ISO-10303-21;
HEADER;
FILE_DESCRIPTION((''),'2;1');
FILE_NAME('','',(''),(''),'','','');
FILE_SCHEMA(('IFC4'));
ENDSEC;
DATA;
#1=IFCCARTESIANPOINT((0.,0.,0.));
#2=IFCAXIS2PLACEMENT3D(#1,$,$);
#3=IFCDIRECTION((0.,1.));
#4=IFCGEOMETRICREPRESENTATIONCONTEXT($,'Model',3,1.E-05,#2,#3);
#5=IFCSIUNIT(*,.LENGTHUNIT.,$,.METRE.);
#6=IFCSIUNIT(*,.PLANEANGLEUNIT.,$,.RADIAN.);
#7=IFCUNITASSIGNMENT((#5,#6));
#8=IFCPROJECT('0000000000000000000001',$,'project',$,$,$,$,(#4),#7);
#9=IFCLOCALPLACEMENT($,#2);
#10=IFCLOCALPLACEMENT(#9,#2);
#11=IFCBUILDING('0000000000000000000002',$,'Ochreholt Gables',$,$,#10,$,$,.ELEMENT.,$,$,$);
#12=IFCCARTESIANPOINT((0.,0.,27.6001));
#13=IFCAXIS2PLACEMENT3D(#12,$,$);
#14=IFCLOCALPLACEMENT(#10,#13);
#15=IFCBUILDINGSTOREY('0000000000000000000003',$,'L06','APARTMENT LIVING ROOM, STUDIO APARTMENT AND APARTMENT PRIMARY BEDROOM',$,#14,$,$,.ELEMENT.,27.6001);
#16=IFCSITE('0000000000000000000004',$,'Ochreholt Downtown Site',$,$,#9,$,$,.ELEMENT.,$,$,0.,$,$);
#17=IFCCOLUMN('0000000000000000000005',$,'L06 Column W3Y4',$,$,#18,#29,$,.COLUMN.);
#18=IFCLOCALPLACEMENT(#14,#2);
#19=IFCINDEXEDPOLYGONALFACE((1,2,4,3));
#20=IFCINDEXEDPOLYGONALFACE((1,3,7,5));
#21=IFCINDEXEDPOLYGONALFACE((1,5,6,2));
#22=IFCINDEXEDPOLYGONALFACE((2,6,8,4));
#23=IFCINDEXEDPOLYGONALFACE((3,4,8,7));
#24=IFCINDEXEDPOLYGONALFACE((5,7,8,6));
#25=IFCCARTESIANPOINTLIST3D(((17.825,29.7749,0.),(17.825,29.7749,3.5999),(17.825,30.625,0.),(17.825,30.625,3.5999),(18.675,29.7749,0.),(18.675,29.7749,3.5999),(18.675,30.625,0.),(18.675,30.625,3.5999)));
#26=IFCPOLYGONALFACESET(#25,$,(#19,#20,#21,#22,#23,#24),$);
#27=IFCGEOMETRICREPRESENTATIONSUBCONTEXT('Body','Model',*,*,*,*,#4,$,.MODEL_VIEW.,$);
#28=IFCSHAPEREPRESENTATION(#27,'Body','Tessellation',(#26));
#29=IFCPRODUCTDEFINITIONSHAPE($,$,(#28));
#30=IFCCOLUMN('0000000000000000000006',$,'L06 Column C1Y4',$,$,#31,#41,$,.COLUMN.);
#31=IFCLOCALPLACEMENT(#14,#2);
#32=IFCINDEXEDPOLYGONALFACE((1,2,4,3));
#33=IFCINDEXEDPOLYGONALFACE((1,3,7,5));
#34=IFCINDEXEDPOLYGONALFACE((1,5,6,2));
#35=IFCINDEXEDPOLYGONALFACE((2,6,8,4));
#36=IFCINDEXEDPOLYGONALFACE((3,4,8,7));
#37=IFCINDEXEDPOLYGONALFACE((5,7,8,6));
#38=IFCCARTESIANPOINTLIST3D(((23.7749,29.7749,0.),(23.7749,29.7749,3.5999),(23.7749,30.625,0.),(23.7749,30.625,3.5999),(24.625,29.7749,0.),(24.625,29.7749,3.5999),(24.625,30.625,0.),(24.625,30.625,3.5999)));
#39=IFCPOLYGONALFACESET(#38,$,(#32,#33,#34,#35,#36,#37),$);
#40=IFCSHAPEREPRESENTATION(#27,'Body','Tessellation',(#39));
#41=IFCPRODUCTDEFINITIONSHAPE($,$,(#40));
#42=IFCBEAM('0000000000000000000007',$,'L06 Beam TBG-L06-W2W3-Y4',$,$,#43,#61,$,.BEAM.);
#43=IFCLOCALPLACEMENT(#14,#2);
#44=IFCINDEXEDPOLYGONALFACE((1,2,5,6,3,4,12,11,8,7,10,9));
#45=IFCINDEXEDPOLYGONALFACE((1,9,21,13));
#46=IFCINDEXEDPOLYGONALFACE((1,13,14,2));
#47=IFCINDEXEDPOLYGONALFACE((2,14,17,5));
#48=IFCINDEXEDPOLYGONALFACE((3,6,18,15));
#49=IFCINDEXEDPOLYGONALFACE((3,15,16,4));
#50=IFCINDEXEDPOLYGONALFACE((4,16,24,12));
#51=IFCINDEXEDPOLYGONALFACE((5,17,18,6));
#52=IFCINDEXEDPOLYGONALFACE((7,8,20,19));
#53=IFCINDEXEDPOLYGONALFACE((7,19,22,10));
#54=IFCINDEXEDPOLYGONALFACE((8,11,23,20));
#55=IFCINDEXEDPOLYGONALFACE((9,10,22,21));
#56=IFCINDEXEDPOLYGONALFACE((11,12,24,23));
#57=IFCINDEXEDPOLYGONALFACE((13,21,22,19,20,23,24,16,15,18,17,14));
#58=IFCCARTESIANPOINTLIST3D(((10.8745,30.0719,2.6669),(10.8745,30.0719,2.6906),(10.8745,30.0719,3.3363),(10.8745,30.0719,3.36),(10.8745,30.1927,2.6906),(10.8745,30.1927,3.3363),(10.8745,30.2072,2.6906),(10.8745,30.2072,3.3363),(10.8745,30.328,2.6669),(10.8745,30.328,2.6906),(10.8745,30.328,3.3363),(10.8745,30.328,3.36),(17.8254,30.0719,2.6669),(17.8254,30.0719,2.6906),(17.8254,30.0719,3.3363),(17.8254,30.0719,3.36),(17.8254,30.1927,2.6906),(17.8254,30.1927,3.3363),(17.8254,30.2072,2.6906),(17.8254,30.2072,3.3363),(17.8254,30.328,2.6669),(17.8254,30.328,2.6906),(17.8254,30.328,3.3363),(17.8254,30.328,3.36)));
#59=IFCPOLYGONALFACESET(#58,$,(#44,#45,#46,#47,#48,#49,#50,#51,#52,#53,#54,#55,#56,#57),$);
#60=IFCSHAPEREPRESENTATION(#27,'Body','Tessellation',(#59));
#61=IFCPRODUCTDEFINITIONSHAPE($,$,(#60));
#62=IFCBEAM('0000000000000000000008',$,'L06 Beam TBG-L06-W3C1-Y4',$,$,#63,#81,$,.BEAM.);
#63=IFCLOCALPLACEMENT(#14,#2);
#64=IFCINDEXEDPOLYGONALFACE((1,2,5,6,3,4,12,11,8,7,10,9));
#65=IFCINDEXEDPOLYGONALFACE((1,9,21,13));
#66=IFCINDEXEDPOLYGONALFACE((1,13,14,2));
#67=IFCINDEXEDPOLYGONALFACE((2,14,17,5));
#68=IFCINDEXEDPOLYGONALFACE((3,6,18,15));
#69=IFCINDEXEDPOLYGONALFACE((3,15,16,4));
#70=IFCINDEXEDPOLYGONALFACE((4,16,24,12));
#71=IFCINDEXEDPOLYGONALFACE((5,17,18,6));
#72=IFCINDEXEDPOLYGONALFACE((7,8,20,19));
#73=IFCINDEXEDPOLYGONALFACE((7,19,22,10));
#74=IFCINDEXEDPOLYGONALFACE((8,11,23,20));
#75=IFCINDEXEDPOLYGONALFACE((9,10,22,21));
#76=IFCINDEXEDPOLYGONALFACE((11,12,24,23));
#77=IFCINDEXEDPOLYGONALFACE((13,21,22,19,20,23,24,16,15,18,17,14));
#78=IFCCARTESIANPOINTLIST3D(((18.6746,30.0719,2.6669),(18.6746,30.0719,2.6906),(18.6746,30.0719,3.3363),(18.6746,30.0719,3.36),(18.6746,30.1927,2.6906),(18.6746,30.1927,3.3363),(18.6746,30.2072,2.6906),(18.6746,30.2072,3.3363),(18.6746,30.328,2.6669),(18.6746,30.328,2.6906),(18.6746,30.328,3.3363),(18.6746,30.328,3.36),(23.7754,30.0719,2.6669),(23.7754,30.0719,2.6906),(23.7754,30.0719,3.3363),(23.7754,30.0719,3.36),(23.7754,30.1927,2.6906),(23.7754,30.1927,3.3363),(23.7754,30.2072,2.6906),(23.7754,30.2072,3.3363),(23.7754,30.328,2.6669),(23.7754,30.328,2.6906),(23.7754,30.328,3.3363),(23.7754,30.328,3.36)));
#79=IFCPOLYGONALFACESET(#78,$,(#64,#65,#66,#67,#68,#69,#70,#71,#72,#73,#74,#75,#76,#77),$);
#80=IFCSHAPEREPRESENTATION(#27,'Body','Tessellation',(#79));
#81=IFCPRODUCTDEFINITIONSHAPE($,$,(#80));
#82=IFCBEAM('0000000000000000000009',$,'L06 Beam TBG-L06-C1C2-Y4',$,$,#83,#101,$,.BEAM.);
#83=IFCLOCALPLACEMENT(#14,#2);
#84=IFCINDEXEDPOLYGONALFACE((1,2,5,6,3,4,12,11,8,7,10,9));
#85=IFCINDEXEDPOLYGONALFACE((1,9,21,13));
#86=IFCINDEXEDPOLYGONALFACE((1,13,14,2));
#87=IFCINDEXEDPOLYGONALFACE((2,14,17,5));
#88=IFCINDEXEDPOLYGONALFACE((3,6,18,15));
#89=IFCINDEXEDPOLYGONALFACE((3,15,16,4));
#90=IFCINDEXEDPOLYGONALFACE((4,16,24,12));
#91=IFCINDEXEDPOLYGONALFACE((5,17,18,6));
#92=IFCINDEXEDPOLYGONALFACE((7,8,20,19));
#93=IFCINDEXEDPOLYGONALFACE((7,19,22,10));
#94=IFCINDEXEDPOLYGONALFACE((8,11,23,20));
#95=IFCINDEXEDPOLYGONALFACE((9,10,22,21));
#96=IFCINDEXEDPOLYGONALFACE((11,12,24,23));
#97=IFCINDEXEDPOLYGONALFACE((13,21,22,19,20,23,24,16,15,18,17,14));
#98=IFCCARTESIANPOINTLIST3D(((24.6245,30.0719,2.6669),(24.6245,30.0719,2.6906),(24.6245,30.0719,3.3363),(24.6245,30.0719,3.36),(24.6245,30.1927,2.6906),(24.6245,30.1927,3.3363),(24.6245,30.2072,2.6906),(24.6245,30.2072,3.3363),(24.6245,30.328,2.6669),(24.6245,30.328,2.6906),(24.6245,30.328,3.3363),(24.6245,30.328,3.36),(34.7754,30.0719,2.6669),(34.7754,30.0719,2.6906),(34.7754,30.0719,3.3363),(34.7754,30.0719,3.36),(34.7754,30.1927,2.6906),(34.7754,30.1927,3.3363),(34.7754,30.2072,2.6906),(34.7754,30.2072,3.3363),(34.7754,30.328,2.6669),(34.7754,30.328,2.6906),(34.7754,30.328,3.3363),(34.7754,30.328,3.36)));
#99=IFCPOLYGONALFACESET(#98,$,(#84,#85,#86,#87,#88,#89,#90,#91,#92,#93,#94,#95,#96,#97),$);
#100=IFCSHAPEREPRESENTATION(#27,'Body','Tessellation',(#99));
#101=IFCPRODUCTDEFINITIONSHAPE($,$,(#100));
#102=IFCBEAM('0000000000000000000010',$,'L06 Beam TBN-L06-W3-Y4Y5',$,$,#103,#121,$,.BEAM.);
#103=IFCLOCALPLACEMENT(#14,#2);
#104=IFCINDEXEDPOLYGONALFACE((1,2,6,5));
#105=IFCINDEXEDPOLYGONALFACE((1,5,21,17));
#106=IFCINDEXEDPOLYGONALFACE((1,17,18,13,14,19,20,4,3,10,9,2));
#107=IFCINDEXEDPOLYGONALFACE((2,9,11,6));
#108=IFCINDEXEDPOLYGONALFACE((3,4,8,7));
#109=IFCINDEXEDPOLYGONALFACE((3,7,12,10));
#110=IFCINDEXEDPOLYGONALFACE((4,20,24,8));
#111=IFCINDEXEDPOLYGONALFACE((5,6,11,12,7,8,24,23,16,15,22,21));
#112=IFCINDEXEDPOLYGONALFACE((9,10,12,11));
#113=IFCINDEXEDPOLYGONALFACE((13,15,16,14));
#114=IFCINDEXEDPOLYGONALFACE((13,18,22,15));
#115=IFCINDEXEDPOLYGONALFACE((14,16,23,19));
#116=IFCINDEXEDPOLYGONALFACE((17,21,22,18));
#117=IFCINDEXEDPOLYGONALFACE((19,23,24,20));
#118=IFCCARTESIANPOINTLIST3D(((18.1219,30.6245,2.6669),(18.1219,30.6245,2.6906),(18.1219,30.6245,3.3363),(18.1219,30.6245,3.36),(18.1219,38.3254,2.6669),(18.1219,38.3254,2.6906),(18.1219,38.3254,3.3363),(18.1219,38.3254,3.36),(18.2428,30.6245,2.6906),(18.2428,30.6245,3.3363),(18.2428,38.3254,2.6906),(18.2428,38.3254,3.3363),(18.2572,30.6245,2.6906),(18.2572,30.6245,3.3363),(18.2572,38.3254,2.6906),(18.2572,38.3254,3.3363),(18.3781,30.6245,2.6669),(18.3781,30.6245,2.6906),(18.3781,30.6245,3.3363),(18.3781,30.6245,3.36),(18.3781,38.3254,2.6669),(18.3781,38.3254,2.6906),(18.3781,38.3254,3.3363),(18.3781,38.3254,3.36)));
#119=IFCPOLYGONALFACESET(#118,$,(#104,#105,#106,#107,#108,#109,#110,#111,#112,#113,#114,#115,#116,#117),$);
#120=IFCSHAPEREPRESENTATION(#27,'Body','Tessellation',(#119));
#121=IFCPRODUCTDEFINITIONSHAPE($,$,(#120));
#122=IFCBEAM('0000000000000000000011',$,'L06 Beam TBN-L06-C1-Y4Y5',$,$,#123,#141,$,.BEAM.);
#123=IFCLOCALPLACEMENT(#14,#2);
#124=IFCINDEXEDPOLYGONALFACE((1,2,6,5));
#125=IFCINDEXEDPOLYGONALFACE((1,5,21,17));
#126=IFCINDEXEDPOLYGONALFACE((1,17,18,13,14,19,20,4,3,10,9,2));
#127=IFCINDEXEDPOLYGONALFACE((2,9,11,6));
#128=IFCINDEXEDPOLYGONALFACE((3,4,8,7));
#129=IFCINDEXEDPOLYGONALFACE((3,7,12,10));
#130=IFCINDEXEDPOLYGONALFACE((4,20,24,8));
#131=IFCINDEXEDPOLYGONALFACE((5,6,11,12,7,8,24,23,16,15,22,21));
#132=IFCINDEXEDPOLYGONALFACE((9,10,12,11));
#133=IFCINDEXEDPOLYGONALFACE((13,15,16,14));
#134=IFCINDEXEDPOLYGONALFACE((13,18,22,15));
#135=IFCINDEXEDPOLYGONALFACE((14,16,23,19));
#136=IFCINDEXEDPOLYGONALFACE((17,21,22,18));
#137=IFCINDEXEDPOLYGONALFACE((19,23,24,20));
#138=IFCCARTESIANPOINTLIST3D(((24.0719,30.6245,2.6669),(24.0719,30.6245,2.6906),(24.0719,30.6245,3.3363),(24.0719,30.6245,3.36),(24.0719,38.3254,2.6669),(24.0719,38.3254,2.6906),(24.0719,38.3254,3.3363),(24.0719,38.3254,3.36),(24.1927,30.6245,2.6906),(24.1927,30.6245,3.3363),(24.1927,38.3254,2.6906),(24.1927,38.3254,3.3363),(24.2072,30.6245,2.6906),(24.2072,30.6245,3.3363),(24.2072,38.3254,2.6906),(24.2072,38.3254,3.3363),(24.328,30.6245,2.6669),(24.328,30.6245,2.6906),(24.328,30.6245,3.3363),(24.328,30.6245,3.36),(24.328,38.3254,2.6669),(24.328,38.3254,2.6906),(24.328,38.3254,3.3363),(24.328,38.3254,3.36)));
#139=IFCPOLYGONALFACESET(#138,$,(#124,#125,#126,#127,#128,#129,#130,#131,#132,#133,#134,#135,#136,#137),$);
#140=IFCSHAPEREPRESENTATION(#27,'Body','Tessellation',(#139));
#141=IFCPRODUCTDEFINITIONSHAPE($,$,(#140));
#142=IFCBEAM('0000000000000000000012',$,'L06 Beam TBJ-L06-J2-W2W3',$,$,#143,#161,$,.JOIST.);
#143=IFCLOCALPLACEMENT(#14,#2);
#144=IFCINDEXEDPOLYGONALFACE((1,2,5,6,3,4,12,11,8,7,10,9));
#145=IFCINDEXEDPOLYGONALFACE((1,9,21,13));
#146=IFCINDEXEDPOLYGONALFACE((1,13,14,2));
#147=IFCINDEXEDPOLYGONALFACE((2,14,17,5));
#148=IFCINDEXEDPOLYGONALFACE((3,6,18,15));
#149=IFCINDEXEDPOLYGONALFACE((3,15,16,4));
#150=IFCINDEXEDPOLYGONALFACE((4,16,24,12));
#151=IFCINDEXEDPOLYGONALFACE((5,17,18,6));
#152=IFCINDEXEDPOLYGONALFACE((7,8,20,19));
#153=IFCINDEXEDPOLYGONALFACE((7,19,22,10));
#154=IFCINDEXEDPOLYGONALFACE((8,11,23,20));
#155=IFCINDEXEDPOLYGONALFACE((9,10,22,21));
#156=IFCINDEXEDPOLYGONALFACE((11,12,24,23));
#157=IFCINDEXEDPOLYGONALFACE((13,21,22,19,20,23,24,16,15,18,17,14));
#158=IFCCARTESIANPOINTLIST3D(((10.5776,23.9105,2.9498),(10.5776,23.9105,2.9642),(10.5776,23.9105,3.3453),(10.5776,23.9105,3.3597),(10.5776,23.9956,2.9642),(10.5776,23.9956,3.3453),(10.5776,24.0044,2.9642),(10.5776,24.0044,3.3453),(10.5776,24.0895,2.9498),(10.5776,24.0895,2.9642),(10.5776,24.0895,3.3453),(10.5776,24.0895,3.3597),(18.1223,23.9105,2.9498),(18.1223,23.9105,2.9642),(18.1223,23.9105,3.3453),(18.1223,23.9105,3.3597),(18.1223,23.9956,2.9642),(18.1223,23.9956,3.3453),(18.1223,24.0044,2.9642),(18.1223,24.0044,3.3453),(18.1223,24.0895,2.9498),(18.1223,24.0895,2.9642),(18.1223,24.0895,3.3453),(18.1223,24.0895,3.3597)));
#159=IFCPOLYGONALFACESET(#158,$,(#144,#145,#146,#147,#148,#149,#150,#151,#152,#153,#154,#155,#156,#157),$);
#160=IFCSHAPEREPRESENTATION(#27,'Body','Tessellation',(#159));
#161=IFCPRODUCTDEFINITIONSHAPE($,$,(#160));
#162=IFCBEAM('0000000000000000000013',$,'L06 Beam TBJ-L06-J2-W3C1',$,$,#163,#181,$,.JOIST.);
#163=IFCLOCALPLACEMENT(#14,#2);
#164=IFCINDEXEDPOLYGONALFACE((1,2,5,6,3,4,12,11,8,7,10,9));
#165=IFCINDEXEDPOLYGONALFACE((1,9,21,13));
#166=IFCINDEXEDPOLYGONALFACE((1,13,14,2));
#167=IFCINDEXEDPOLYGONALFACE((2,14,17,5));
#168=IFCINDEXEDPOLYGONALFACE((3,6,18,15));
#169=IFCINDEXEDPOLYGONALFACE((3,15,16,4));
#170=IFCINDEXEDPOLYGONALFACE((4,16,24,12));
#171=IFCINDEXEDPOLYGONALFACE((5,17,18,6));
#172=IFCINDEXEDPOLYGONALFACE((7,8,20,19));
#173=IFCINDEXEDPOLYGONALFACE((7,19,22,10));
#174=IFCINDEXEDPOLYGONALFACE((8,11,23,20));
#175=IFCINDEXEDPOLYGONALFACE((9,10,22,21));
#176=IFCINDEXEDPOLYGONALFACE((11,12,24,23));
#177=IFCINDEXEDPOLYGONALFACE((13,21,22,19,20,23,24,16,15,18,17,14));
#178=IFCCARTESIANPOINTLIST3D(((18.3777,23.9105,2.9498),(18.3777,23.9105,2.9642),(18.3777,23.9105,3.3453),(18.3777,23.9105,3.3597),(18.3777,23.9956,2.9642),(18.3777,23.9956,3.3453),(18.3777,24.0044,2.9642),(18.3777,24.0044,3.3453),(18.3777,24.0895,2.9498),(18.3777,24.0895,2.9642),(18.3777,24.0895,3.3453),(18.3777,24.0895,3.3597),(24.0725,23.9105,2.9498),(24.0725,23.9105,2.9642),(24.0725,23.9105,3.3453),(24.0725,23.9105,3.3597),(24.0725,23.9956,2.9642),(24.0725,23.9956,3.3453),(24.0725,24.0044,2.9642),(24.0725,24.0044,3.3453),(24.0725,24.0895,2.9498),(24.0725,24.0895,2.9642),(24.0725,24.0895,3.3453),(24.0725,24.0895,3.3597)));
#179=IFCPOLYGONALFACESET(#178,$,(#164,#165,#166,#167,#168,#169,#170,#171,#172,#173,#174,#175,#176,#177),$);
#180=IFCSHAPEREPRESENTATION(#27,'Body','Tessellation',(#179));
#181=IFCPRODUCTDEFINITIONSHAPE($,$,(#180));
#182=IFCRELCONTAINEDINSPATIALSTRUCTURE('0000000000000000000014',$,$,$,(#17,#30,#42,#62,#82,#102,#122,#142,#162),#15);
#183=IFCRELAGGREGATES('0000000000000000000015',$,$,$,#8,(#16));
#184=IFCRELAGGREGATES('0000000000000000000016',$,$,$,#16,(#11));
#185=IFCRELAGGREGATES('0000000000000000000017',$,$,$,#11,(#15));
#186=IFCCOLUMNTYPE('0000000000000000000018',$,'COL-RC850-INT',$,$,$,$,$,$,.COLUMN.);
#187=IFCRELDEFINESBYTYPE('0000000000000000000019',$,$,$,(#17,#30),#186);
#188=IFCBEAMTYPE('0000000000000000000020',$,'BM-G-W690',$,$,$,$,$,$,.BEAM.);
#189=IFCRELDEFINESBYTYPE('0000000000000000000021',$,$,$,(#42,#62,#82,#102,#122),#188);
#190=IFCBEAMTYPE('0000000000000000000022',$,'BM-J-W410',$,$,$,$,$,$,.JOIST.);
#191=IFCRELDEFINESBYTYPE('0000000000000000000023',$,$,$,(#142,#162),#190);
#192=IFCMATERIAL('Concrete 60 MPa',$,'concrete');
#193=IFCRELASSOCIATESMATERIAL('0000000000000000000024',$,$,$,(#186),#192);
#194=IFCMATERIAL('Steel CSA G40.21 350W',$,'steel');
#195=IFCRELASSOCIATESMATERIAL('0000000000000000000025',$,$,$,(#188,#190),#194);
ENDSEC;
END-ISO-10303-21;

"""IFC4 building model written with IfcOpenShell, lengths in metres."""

from ifc_helpers import new_model, si_unit, direction, frame, origin, origin_2d, place, context, subcontext, project, spatial, rectangle, i_section, extrude, material, material_profile, profile_set, type_object, element, save


model = new_model("IFC4")

# Units and contexts
model_context = context("Model", 3, precision=1e-05, world=origin(), true_north=direction((0.0, 1.0)))
body_context = subcontext(model_context, "Body", "Model", "MODEL_VIEW")
ifc_project = project(units=[si_unit("LENGTHUNIT", "METRE"), si_unit("PLANEANGLEUNIT", "RADIAN")], contexts=[model_context])

# Site, building, storey
site_placement = place(None, origin())
site = spatial("IfcSite", under=ifc_project, at=site_placement, Name="Ochreholt Downtown Site", CompositionType="ELEMENT", RefElevation=0.0)
building_placement = place(site_placement, origin())
building = spatial("IfcBuilding", under=site, at=building_placement, Name="Ochreholt Gables", CompositionType="ELEMENT")
storey_placement = place(building_placement, frame((0.0, 0.0, 27.6001)))
storey = spatial("IfcBuildingStorey", under=building, at=storey_placement, Name="L06", Description="APARTMENT LIVING ROOM, STUDIO APARTMENT AND APARTMENT PRIMARY BEDROOM", CompositionType="ELEMENT", Elevation=27.6001)

# Columns
ifc_material_1 = material(Name="Concrete 60 MPa", Category="concrete")
ifc_material_profile_1 = material_profile(ifc_material_1, rectangle(XDim=0.8501, YDim=0.8501, at=origin_2d()), Name="RC850X850")
ifc_profile_set_1 = profile_set([ifc_material_profile_1], Name="Concrete 60 MPa")
column_type = type_object("IfcColumnType", Name="COL-RC850-INT", PredefinedType="COLUMN", material=ifc_profile_set_1)
for number, where, z_axis, x_axis, name in (
    (1, (18.25, 30.2, 0.0), (0.0, 0.0, 1.0), (1.0, 0.0, 0.0), "L06 Column W3Y4"),
    (2, (24.2, 30.2, 0.0), (0.0, 0.0, 1.0), (1.0, 0.0, 0.0), "L06 Column C1Y4"),
):
    element("IfcColumn", number, at=place(storey_placement, frame(where, z_axis=z_axis, x_axis=x_axis)), inside=storey, type_object=column_type, Name=name, PredefinedType="COLUMN", context=body_context, shape_type="SweptSolid", body=[
        extrude(rectangle(XDim=0.8501, YDim=0.8501, at=origin_2d()), origin(), (0.0, 0.0, 1.0), 3.5999),
    ])

# Beams
ifc_material_2 = material(Name="Steel CSA G40.21 350W", Category="steel")
ifc_material_profile_2 = material_profile(ifc_material_2, i_section(OverallWidth=0.2561, OverallDepth=0.6931, WebThickness=0.0144, FlangeThickness=0.0237, at=origin_2d()), Name="W690X170")
ifc_profile_set_2 = profile_set([ifc_material_profile_2], Name="Steel CSA G40.21 350W")
beam_type_1 = type_object("IfcBeamType", Name="BM-G-W690", PredefinedType="BEAM", material=ifc_profile_set_2)
beam_1_placement = place(storey_placement, frame((10.8745, 30.2, 3.0134), z_axis=(1.0, 0.0, 0.0), x_axis=(0.0, 1.0, 0.0)))
element("IfcBeam", 3, at=beam_1_placement, inside=storey, type_object=beam_type_1, Name="L06 Beam TBG-L06-W2W3-Y4", PredefinedType="BEAM", context=body_context, shape_type="SweptSolid", body=[
    extrude(i_section(OverallWidth=0.2561, OverallDepth=0.6931, WebThickness=0.0144, FlangeThickness=0.0237, at=origin_2d()), origin(), (0.0, 0.0, 1.0), 6.9509),
])
beam_2_placement = place(storey_placement, frame((18.6746, 30.2, 3.0134), z_axis=(1.0, 0.0, 0.0), x_axis=(0.0, 1.0, 0.0)))
element("IfcBeam", 4, at=beam_2_placement, inside=storey, type_object=beam_type_1, Name="L06 Beam TBG-L06-W3C1-Y4", PredefinedType="BEAM", context=body_context, shape_type="SweptSolid", body=[
    extrude(i_section(OverallWidth=0.2561, OverallDepth=0.6931, WebThickness=0.0144, FlangeThickness=0.0237, at=origin_2d()), origin(), (0.0, 0.0, 1.0), 5.1008),
])
beam_3_placement = place(storey_placement, frame((24.6245, 30.2, 3.0134), z_axis=(1.0, 0.0, 0.0), x_axis=(0.0, 1.0, 0.0)))
element("IfcBeam", 5, at=beam_3_placement, inside=storey, type_object=beam_type_1, Name="L06 Beam TBG-L06-C1C2-Y4", PredefinedType="BEAM", context=body_context, shape_type="SweptSolid", body=[
    extrude(i_section(OverallWidth=0.2561, OverallDepth=0.6931, WebThickness=0.0144, FlangeThickness=0.0237, at=origin_2d()), origin(), (0.0, 0.0, 1.0), 10.1509),
])
for number, where, z_axis, x_axis, name in (
    (6, (18.25, 30.6245, 3.0134), (0.0, 1.0, 0.0), (-1.0, 0.0, 0.0), "L06 Beam TBN-L06-W3-Y4Y5"),
    (7, (24.2, 30.6245, 3.0134), (0.0, 1.0, 0.0), (-1.0, 0.0, 0.0), "L06 Beam TBN-L06-C1-Y4Y5"),
):
    element("IfcBeam", number, at=place(storey_placement, frame(where, z_axis=z_axis, x_axis=x_axis)), inside=storey, type_object=beam_type_1, Name=name, PredefinedType="BEAM", context=body_context, shape_type="SweptSolid", body=[
        extrude(i_section(OverallWidth=0.2561, OverallDepth=0.6931, WebThickness=0.0144, FlangeThickness=0.0237, at=origin_2d()), origin(), (0.0, 0.0, 1.0), 7.7009),
    ])
ifc_material_profile_3 = material_profile(ifc_material_2, i_section(OverallWidth=0.179, OverallDepth=0.4099, WebThickness=0.0088, FlangeThickness=0.0144, at=origin_2d()), Name="W410X67")
ifc_profile_set_3 = profile_set([ifc_material_profile_3], Name="Steel CSA G40.21 350W")
beam_type_2 = type_object("IfcBeamType", Name="BM-J-W410", PredefinedType="JOIST", material=ifc_profile_set_3)
beam_4_placement = place(storey_placement, frame((10.5776, 24.0, 3.1548), z_axis=(1.0, 0.0, 0.0), x_axis=(0.0, 1.0, 0.0)))
element("IfcBeam", 8, at=beam_4_placement, inside=storey, type_object=beam_type_2, Name="L06 Beam TBJ-L06-J2-W2W3", PredefinedType="JOIST", context=body_context, shape_type="SweptSolid", body=[
    extrude(i_section(OverallWidth=0.179, OverallDepth=0.4099, WebThickness=0.0088, FlangeThickness=0.0144, at=origin_2d()), origin(), (0.0, 0.0, 1.0), 7.5447),
])
beam_5_placement = place(storey_placement, frame((18.3777, 24.0, 3.1548), z_axis=(1.0, 0.0, 0.0), x_axis=(0.0, 1.0, 0.0)))
element("IfcBeam", 9, at=beam_5_placement, inside=storey, type_object=beam_type_2, Name="L06 Beam TBJ-L06-J2-W3C1", PredefinedType="JOIST", context=body_context, shape_type="SweptSolid", body=[
    extrude(i_section(OverallWidth=0.179, OverallDepth=0.4099, WebThickness=0.0088, FlangeThickness=0.0144, at=origin_2d()), origin(), (0.0, 0.0, 1.0), 5.6948),
])

save(model, "model.ifc")
